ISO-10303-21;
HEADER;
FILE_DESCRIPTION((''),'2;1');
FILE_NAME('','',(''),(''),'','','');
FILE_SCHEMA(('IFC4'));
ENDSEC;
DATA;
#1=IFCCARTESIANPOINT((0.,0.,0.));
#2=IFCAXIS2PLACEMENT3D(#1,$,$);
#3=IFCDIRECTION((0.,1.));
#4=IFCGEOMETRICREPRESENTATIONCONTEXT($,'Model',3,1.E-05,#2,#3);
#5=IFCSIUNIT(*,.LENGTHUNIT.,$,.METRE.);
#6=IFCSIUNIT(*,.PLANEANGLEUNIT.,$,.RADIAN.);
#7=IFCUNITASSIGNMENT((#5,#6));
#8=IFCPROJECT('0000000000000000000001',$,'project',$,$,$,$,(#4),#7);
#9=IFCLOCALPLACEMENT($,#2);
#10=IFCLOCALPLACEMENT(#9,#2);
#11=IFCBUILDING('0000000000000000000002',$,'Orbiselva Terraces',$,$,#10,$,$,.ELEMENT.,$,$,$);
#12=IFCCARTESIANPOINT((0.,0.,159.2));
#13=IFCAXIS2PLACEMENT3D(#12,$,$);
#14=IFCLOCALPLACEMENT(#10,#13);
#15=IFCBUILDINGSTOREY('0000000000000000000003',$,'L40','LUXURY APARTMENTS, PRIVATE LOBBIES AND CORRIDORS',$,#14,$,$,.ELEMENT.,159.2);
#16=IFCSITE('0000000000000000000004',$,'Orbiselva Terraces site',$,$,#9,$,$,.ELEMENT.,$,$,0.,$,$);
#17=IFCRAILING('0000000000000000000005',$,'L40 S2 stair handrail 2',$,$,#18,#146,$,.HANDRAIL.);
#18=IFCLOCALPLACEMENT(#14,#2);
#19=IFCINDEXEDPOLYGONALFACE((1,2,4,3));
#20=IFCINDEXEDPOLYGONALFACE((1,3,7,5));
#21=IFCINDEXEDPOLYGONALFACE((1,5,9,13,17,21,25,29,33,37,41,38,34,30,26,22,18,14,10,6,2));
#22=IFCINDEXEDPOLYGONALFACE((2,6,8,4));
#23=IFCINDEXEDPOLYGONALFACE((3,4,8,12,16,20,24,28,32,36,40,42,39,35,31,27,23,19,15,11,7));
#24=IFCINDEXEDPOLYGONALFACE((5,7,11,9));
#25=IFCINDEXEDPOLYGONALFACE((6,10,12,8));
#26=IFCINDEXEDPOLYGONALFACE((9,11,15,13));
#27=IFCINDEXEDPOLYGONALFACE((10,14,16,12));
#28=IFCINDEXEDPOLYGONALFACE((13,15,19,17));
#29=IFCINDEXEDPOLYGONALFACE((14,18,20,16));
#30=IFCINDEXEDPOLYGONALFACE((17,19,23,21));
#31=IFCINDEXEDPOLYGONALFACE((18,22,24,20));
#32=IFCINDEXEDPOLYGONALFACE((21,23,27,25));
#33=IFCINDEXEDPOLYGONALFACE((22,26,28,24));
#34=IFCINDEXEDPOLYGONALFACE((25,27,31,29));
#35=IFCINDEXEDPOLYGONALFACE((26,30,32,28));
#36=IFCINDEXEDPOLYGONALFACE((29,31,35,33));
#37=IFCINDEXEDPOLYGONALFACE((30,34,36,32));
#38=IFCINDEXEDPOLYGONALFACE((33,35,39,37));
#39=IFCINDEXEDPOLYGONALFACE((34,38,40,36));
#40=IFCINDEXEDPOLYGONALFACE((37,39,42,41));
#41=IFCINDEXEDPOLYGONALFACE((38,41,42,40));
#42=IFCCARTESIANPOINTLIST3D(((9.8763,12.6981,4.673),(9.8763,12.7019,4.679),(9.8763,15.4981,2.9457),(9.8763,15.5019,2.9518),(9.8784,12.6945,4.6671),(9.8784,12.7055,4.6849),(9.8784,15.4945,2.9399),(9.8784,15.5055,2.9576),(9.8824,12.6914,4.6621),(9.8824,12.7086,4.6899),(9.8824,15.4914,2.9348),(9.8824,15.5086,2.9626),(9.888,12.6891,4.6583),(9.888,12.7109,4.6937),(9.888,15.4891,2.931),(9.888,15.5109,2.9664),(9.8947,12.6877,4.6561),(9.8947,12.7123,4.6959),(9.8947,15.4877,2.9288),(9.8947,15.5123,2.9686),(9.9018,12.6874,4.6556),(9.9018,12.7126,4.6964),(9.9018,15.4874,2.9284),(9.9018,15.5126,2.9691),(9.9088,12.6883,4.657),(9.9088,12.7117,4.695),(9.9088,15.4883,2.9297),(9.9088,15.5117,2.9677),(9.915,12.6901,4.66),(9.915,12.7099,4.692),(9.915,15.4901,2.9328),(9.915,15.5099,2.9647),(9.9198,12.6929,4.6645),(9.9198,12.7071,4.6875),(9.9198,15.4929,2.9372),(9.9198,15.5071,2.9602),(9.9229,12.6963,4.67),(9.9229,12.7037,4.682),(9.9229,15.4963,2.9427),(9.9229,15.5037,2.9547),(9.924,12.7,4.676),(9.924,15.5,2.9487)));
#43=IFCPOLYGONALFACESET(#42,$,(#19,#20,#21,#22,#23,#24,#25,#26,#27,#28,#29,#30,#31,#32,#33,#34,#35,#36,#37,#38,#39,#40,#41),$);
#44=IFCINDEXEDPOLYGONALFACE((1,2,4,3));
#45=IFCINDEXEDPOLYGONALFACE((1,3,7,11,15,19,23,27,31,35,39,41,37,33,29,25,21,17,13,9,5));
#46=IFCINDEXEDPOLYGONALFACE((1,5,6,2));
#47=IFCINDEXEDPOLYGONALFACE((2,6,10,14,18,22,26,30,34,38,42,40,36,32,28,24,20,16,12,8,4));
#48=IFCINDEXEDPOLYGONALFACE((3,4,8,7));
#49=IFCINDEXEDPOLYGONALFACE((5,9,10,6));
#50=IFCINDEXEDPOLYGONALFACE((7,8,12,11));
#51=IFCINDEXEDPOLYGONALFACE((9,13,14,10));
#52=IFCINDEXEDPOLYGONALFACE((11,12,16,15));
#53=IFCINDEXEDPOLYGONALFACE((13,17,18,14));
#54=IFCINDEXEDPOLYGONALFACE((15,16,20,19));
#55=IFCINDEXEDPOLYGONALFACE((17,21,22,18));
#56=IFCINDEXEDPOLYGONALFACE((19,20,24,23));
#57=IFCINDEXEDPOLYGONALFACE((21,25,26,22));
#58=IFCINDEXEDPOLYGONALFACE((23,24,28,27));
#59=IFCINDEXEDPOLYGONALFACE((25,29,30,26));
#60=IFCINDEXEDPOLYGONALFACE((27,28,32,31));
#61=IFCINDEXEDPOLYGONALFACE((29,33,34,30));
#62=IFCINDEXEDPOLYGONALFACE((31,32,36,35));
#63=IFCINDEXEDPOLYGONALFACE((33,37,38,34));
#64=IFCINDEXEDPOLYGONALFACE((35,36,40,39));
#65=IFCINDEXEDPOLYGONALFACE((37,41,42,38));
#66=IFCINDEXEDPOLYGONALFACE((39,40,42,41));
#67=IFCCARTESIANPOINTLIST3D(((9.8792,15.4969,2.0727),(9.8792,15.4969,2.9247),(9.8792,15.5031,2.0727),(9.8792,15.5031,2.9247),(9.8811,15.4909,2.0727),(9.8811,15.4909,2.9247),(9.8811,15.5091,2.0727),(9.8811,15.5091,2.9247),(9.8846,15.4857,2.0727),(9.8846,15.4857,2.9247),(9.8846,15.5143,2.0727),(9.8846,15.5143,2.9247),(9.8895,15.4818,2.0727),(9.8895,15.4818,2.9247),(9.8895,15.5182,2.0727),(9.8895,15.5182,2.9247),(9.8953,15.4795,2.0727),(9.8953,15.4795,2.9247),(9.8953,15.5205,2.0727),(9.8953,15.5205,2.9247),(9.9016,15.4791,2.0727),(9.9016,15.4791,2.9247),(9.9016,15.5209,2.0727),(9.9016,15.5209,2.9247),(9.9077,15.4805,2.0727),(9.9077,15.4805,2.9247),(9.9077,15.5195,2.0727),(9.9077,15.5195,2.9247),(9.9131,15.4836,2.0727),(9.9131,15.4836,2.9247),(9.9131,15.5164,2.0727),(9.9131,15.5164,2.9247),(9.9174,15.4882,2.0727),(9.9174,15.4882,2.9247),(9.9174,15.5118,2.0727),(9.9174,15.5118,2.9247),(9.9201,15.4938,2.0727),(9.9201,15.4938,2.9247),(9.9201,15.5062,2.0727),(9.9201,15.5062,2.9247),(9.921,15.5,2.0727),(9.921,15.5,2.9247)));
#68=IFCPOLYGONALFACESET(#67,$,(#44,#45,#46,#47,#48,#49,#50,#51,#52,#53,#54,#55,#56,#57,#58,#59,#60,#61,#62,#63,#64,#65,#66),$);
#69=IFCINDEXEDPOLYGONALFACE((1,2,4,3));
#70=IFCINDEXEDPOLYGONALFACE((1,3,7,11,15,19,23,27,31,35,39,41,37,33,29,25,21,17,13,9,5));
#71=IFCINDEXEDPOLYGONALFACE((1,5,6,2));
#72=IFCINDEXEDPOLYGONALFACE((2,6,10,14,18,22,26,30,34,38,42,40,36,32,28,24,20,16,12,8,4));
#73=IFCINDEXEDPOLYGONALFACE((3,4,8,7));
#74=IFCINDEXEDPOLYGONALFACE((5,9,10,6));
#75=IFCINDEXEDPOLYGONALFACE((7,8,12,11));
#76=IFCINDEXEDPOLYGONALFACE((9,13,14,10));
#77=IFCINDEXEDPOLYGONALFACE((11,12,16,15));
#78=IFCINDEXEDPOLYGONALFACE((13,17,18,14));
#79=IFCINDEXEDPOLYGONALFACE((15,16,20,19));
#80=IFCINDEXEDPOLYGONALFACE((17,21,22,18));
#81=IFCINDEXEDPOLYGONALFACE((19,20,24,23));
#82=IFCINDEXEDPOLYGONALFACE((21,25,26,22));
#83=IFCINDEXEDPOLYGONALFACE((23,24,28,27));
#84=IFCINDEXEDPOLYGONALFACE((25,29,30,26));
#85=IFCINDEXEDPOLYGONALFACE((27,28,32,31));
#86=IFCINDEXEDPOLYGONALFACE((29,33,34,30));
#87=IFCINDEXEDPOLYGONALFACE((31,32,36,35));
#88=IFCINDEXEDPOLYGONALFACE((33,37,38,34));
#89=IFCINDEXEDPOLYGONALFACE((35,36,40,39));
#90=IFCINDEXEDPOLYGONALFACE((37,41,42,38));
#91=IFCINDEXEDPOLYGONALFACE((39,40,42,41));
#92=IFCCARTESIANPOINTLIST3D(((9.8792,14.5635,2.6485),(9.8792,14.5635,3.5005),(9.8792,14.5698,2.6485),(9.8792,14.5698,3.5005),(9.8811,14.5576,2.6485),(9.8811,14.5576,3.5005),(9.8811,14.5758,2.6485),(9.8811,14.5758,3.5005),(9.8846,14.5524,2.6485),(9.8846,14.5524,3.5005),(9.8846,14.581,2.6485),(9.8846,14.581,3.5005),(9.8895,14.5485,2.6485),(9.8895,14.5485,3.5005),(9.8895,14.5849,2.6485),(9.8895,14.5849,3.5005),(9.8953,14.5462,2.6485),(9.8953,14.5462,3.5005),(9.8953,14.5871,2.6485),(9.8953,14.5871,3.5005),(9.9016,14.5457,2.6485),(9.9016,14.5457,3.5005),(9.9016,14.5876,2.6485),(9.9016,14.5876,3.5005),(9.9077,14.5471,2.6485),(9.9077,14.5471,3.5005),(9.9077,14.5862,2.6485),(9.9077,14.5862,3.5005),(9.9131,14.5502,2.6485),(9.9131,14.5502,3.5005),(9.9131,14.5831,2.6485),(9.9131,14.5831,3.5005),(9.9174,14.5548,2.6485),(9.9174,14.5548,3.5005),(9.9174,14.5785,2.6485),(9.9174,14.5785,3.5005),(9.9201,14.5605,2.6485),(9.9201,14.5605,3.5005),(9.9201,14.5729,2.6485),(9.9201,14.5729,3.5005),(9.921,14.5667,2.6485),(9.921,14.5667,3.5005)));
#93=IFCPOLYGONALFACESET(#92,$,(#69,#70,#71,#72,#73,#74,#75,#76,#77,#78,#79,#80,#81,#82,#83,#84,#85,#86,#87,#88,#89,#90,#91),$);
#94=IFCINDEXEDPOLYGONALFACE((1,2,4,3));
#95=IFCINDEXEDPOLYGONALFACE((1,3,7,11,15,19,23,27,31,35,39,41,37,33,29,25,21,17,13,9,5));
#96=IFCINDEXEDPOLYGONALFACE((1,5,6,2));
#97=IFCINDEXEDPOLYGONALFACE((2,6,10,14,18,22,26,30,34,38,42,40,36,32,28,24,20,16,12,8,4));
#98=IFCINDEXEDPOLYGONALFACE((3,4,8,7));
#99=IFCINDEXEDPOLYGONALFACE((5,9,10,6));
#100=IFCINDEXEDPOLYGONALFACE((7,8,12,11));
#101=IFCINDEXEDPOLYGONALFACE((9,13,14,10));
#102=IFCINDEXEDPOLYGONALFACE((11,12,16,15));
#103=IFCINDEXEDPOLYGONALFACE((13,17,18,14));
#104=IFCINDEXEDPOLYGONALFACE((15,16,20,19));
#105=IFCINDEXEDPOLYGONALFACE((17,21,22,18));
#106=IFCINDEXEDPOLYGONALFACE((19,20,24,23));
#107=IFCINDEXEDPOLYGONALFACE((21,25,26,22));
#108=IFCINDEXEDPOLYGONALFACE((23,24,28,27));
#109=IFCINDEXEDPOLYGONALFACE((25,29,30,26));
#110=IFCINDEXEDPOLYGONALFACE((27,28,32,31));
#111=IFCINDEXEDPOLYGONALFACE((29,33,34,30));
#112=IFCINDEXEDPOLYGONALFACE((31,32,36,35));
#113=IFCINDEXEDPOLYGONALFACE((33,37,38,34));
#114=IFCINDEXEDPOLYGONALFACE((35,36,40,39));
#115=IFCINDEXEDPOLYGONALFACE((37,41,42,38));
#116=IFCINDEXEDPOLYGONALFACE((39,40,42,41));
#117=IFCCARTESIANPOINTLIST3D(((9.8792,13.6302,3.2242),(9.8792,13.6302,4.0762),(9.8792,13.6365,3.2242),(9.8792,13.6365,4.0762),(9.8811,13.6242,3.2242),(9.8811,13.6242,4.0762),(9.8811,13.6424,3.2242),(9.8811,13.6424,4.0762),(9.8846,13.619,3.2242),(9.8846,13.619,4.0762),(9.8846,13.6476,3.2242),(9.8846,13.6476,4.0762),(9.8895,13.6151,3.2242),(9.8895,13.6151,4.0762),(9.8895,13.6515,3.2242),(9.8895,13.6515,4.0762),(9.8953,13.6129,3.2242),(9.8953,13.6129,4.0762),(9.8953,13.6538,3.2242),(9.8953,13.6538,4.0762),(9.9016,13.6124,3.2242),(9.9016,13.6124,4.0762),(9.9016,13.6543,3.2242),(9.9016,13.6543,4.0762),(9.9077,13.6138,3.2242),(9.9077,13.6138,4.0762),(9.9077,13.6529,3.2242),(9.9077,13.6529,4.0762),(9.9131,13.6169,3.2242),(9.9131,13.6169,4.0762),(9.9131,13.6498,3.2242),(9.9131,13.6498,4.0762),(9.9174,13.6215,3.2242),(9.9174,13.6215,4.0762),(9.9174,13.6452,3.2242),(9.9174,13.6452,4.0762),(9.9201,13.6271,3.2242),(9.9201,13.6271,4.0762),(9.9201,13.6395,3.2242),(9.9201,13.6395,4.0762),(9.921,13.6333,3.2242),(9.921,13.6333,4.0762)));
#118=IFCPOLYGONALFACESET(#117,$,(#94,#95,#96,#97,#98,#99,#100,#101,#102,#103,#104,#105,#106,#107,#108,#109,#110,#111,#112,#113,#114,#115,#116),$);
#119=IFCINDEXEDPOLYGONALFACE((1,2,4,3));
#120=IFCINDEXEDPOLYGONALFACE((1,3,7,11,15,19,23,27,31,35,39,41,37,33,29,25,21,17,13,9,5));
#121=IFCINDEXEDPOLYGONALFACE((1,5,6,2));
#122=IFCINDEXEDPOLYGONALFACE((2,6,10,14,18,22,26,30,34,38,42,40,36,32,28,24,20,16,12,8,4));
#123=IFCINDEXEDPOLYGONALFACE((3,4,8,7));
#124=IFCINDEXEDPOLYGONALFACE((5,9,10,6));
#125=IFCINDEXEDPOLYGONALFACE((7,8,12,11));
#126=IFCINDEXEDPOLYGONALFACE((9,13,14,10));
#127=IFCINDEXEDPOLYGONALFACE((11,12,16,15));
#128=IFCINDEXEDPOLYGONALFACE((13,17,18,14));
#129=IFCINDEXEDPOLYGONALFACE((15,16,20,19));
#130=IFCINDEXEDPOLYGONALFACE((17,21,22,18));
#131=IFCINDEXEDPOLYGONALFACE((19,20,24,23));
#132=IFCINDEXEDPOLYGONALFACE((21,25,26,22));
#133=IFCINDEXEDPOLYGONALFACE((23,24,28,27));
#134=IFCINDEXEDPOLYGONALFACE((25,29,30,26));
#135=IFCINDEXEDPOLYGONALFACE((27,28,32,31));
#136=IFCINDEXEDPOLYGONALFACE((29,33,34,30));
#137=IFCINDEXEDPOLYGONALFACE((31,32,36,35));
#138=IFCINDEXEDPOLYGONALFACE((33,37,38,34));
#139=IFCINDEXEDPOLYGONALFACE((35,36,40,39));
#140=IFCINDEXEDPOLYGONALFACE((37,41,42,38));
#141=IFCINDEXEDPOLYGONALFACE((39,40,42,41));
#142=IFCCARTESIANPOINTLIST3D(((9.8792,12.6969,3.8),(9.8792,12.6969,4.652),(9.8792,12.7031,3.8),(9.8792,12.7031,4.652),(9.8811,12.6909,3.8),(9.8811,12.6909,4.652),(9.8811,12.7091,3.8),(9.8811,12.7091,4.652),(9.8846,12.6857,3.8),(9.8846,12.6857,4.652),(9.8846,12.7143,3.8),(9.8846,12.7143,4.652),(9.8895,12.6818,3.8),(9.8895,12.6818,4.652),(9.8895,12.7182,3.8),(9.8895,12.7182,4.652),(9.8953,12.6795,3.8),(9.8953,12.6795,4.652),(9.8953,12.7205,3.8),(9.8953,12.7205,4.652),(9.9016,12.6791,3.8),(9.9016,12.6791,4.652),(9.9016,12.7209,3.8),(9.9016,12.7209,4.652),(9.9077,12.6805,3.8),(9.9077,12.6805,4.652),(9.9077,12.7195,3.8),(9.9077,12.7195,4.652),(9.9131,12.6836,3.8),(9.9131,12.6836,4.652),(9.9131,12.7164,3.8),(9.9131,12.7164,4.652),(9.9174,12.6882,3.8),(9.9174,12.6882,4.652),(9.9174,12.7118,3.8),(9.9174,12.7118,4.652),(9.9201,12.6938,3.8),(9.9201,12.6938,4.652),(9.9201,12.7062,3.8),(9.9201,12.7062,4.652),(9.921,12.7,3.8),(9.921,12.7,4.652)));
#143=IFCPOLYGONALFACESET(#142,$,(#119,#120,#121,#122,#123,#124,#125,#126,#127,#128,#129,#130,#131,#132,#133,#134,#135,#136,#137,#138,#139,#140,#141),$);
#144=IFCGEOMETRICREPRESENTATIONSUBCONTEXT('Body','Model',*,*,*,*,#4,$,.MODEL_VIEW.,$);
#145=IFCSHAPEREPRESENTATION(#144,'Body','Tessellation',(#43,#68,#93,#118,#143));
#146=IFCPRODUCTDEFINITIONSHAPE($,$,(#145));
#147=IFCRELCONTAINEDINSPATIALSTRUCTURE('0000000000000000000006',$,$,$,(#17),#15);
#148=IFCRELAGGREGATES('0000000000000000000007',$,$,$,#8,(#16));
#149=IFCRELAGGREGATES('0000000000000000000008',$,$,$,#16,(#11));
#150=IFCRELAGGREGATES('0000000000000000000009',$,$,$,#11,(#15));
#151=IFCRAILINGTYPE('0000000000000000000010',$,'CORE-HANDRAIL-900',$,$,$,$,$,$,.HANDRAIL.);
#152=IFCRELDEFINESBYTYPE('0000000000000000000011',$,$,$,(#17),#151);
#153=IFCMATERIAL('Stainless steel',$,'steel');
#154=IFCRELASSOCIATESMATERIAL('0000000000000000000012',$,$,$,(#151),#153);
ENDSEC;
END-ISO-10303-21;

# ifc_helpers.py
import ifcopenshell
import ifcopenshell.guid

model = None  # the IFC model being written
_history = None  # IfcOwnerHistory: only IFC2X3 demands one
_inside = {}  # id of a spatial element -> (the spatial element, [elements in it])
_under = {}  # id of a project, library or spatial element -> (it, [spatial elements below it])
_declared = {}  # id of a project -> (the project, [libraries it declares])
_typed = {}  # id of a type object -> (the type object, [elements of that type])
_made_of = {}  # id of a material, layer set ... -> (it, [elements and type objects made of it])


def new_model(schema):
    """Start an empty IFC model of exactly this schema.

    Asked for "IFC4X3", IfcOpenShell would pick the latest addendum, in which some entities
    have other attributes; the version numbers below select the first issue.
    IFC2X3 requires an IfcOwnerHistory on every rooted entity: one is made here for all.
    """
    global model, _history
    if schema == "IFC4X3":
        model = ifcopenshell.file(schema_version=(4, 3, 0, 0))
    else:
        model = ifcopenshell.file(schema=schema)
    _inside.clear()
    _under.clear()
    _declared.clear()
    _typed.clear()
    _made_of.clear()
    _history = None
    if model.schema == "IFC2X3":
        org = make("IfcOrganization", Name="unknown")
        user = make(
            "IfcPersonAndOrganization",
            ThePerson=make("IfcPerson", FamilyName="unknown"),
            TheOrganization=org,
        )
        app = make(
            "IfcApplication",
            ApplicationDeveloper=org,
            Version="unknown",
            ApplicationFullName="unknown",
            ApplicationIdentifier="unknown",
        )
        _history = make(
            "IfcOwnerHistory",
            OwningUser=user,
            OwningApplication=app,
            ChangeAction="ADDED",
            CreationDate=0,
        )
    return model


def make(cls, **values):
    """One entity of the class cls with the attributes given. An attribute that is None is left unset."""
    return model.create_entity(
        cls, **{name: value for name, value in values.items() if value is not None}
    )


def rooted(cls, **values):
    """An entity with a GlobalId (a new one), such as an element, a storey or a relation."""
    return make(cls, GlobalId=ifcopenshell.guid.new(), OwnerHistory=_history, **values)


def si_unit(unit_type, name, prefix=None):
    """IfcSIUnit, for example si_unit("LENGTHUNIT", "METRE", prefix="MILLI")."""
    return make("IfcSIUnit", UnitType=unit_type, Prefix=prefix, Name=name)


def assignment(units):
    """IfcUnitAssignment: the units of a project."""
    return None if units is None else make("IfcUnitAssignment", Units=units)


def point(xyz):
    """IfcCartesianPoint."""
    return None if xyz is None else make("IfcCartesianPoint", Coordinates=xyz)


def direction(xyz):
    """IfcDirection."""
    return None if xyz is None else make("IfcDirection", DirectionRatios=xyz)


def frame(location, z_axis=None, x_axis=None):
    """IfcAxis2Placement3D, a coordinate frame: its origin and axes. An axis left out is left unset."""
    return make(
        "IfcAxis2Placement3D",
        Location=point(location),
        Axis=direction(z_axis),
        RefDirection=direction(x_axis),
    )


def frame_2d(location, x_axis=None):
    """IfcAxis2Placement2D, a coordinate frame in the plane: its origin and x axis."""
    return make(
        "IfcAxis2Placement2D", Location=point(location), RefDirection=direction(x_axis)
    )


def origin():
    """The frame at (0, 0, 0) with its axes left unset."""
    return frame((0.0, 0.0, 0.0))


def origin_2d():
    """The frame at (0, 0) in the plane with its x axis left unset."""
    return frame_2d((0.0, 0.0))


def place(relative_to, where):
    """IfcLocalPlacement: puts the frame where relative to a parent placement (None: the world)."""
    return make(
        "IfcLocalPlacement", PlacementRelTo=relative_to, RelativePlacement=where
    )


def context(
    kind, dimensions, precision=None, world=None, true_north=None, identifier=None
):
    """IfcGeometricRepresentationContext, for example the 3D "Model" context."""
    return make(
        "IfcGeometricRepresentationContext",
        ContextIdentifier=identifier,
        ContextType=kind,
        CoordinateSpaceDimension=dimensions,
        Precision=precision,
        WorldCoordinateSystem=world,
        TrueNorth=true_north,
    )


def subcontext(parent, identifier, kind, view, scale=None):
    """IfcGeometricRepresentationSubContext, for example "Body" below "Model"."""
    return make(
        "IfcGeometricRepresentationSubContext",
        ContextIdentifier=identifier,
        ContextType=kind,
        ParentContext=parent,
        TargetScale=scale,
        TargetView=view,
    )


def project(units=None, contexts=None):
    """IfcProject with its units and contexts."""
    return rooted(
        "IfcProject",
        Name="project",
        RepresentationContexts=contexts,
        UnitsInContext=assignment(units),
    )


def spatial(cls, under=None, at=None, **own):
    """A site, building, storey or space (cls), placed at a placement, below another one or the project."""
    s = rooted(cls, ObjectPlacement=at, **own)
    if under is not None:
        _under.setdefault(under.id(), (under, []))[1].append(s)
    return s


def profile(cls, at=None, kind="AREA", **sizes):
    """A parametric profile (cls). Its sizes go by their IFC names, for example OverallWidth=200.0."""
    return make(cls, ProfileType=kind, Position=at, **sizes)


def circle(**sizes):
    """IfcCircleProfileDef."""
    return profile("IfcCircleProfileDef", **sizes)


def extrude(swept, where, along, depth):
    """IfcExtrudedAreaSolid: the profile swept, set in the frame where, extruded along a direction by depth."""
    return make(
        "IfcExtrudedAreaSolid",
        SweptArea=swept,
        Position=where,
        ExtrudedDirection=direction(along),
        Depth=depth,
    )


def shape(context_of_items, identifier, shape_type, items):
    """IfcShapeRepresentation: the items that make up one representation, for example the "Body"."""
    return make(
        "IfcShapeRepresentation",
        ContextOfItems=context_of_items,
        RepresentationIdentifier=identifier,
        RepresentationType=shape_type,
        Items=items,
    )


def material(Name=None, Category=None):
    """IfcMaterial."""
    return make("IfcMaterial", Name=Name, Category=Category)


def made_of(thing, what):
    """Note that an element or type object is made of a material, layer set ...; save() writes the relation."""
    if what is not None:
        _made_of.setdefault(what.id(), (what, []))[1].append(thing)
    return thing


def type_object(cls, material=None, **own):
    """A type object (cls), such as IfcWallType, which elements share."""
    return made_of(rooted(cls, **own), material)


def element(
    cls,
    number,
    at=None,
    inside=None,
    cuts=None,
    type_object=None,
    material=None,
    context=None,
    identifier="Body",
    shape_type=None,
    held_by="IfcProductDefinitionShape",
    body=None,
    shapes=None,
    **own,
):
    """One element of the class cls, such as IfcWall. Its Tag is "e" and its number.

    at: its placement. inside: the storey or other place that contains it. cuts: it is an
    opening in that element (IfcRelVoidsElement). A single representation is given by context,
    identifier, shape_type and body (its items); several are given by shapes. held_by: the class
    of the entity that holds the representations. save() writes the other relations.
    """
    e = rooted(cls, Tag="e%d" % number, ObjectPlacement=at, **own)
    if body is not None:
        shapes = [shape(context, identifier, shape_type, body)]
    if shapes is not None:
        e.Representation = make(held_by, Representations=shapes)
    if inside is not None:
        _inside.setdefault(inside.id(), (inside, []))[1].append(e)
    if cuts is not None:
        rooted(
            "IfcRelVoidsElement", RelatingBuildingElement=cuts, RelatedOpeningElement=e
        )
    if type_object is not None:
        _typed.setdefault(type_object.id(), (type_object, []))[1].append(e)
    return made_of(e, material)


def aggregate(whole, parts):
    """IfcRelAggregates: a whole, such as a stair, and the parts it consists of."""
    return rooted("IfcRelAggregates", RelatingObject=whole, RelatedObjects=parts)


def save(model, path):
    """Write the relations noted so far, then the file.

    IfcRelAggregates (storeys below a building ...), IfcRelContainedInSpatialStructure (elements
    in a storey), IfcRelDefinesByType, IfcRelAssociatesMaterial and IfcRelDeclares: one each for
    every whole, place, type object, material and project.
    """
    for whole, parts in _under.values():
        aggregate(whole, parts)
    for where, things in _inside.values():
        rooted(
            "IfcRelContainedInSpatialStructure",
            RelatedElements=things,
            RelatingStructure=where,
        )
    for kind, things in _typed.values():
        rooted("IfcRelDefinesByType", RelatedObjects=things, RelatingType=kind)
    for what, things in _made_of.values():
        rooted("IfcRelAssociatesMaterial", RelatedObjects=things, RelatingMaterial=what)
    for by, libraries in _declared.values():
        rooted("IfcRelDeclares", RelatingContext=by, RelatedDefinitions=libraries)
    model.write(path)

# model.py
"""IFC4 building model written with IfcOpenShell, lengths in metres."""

from ifc_helpers import new_model, si_unit, direction, frame, origin, origin_2d, place, context, subcontext, project, spatial, circle, extrude, material, type_object, element, save


model = new_model("IFC4")

# Units and contexts
model_context = context("Model", 3, precision=1e-05, world=origin(), true_north=direction((0.0, 1.0)))
body_context = subcontext(model_context, "Body", "Model", "MODEL_VIEW")
ifc_project = project(units=[si_unit("LENGTHUNIT", "METRE"), si_unit("PLANEANGLEUNIT", "RADIAN")], contexts=[model_context])

# Site, building, storey
site_placement = place(None, origin())
site = spatial("IfcSite", under=ifc_project, at=site_placement, Name="Orbiselva Terraces site", CompositionType="ELEMENT", RefElevation=0.0)
building_placement = place(site_placement, origin())
building = spatial("IfcBuilding", under=site, at=building_placement, Name="Orbiselva Terraces", CompositionType="ELEMENT")
storey_placement = place(building_placement, frame((0.0, 0.0, 159.2)))
storey = spatial("IfcBuildingStorey", under=building, at=storey_placement, Name="L40", Description="LUXURY APARTMENTS, PRIVATE LOBBIES AND CORRIDORS", CompositionType="ELEMENT", Elevation=159.2)

# Railing
ifc_material_1 = material(Name="Stainless steel", Category="steel")
railing_type = type_object("IfcRailingType", Name="CORE-HANDRAIL-900", PredefinedType="HANDRAIL", material=ifc_material_1)
railing_placement = place(storey_placement, frame((9.9, 15.5, 2.0727)))
element("IfcRailing", 1, at=railing_placement, inside=storey, type_object=railing_type, Name="L40 S2 stair handrail 2", PredefinedType="HANDRAIL", context=body_context, shape_type="SweptSolid", body=[
    extrude(circle(Radius=0.024, at=origin_2d()), frame((0.0, 0.0, 0.876), z_axis=(0.0, -0.851089, 0.525022), x_axis=(1.0, 0.0, 0.0)), (0.0, 0.0, 1.0), 3.2899),
    extrude(circle(Radius=0.021, at=origin_2d()), origin(), (0.0, 0.0, 1.0), 0.852),
    extrude(circle(Radius=0.021, at=origin_2d()), frame((0.0, -0.9333, 0.5758)), (0.0, 0.0, 1.0), 0.852),
    extrude(circle(Radius=0.021, at=origin_2d()), frame((0.0, -1.8667, 1.1515)), (0.0, 0.0, 1.0), 0.852),
    extrude(circle(Radius=0.021, at=origin_2d()), frame((0.0, -2.8, 1.7273)), (0.0, 0.0, 1.0), 0.852),
])

save(model, "model.ifc")
